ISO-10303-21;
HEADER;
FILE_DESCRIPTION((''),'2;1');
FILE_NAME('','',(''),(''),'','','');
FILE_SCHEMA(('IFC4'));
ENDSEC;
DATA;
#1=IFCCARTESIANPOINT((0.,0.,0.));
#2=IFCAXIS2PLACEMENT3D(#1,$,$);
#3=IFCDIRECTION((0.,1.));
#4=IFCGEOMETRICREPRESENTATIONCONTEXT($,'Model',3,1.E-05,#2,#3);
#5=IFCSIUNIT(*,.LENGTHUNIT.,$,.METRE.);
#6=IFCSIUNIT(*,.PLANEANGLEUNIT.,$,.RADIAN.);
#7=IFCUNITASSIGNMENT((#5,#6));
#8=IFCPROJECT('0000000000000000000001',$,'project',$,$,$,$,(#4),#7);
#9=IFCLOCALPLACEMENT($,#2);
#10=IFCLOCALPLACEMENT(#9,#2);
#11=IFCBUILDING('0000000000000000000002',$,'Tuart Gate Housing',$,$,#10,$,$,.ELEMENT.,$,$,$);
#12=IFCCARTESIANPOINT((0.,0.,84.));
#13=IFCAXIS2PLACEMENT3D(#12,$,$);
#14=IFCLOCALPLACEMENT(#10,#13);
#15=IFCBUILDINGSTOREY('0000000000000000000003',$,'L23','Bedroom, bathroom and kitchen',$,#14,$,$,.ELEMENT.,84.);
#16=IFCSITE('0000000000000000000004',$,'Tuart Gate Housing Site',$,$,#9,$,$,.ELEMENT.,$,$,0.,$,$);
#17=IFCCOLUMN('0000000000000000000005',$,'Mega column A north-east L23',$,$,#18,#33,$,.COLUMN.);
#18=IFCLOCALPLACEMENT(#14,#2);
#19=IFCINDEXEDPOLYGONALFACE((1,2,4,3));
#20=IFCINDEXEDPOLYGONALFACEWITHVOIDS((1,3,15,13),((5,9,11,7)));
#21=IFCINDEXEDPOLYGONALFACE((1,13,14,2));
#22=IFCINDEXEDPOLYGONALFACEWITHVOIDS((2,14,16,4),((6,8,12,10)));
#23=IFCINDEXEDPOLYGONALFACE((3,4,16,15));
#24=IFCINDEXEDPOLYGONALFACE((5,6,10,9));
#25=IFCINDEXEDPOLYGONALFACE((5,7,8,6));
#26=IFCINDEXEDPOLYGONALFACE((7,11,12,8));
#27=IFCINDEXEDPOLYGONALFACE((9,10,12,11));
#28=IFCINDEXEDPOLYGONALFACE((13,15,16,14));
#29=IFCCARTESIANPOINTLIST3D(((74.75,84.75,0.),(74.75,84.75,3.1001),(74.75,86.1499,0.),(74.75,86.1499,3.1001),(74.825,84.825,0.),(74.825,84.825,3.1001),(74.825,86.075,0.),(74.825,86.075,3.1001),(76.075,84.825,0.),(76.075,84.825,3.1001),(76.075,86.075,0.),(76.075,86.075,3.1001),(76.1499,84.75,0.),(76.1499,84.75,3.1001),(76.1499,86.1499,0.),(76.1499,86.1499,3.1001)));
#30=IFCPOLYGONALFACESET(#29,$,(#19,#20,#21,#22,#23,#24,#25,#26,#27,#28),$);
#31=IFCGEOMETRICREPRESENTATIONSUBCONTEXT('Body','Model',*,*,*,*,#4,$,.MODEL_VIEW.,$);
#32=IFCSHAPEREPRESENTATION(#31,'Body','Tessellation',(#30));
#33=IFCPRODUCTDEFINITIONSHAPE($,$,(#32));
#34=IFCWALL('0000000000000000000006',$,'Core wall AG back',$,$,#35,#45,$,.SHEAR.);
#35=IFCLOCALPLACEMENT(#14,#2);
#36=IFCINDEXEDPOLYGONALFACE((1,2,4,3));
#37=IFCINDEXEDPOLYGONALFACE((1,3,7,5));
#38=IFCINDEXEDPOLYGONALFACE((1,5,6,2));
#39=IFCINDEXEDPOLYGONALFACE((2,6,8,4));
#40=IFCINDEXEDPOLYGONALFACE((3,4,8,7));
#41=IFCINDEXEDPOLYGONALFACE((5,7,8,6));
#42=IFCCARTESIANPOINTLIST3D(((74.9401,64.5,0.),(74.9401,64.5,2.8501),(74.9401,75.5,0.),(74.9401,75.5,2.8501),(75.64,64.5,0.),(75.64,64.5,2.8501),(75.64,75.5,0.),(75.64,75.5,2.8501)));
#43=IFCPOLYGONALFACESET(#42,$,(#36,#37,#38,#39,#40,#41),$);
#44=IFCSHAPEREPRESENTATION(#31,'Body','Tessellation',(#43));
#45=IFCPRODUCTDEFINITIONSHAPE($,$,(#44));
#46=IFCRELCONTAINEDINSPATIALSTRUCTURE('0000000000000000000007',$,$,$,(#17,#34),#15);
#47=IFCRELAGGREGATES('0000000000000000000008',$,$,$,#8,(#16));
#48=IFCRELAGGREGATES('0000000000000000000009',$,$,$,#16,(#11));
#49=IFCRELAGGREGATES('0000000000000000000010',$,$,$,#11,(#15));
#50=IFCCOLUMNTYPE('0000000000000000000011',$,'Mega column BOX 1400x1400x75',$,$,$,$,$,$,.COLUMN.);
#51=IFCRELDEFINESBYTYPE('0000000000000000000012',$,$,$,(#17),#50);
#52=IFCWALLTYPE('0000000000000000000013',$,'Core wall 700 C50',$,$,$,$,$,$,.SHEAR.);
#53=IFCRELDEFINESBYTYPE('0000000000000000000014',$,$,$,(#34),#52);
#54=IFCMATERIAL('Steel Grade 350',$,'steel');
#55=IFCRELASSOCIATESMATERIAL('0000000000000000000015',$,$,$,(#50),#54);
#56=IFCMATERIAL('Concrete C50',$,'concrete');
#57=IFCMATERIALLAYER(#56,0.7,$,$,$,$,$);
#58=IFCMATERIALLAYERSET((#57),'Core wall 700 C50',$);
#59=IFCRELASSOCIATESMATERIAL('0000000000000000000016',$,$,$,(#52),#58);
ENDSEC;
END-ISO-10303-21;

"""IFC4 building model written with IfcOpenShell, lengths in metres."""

from ifc_helpers import new_model, si_unit, direction, frame, frame_2d, origin, origin_2d, place, context, subcontext, project, spatial, rectangle, hollow_rectangle, extrude, material, layer, layer_set, material_profile, profile_set, type_object, element, save


model = new_model("IFC4")

# Units and contexts
model_context = context("Model", 3, precision=1e-05, world=origin(), true_north=direction((0.0, 1.0)))
body_context = subcontext(model_context, "Body", "Model", "MODEL_VIEW")
ifc_project = project(units=[si_unit("LENGTHUNIT", "METRE"), si_unit("PLANEANGLEUNIT", "RADIAN")], contexts=[model_context])

# Site, building, storey
site_placement = place(None, origin())
site = spatial("IfcSite", under=ifc_project, at=site_placement, Name="Tuart Gate Housing Site", CompositionType="ELEMENT", RefElevation=0.0)
building_placement = place(site_placement, origin())
building = spatial("IfcBuilding", under=site, at=building_placement, Name="Tuart Gate Housing", CompositionType="ELEMENT")
storey_placement = place(building_placement, frame((0.0, 0.0, 84.0)))
storey = spatial("IfcBuildingStorey", under=building, at=storey_placement, Name="L23", Description="Bedroom, bathroom and kitchen", CompositionType="ELEMENT", Elevation=84.0)

# Column
ifc_material_1 = material(Name="Steel Grade 350", Category="steel")
ifc_material_profile = material_profile(ifc_material_1, hollow_rectangle(XDim=1.3999, YDim=1.3999, WallThickness=0.075, at=origin_2d()), Name="BOX 1400x1400x75")
ifc_profile_set = profile_set([ifc_material_profile], Name="Steel Grade 350")
column_type = type_object("IfcColumnType", Name="Mega column BOX 1400x1400x75", PredefinedType="COLUMN", material=ifc_profile_set)
column_placement = place(storey_placement, frame((75.45, 85.45, 0.0), z_axis=(0.0, 0.0, 1.0), x_axis=(1.0, 0.0, 0.0)))
element("IfcColumn", 1, at=column_placement, inside=storey, type_object=column_type, Name="Mega column A north-east L23", PredefinedType="COLUMN", context=body_context, shape_type="SweptSolid", body=[
    extrude(hollow_rectangle(XDim=1.3999, YDim=1.3999, WallThickness=0.075, at=origin_2d()), origin(), (0.0, 0.0, 1.0), 3.1001),
])

# Wall
ifc_material_2 = material(Name="Concrete C50", Category="concrete")
ifc_layer_1 = layer(ifc_material_2, 0.7)
ifc_layer_set_1 = layer_set([ifc_layer_1], Name="Core wall 700 C50")
wall_type_1 = type_object("IfcWallType", Name="Core wall 700 C50", PredefinedType="SHEAR", material=ifc_layer_set_1)
wall_1_placement = place(storey_placement, frame((75.29, 64.5, 0.0), z_axis=(0.0, 0.0, 1.0), x_axis=(0.0, 1.0, 0.0)))
element("IfcWall", 2, at=wall_1_placement, inside=storey, type_object=wall_type_1, Name="Core wall AG back", PredefinedType="SHEAR", context=body_context, shape_type="SweptSolid", body=[
    extrude(rectangle(XDim=11.0, YDim=0.7, at=frame_2d((5.5, 0.0))), origin(), (0.0, 0.0, 1.0), 2.8501),
])

save(model, "model.ifc")
